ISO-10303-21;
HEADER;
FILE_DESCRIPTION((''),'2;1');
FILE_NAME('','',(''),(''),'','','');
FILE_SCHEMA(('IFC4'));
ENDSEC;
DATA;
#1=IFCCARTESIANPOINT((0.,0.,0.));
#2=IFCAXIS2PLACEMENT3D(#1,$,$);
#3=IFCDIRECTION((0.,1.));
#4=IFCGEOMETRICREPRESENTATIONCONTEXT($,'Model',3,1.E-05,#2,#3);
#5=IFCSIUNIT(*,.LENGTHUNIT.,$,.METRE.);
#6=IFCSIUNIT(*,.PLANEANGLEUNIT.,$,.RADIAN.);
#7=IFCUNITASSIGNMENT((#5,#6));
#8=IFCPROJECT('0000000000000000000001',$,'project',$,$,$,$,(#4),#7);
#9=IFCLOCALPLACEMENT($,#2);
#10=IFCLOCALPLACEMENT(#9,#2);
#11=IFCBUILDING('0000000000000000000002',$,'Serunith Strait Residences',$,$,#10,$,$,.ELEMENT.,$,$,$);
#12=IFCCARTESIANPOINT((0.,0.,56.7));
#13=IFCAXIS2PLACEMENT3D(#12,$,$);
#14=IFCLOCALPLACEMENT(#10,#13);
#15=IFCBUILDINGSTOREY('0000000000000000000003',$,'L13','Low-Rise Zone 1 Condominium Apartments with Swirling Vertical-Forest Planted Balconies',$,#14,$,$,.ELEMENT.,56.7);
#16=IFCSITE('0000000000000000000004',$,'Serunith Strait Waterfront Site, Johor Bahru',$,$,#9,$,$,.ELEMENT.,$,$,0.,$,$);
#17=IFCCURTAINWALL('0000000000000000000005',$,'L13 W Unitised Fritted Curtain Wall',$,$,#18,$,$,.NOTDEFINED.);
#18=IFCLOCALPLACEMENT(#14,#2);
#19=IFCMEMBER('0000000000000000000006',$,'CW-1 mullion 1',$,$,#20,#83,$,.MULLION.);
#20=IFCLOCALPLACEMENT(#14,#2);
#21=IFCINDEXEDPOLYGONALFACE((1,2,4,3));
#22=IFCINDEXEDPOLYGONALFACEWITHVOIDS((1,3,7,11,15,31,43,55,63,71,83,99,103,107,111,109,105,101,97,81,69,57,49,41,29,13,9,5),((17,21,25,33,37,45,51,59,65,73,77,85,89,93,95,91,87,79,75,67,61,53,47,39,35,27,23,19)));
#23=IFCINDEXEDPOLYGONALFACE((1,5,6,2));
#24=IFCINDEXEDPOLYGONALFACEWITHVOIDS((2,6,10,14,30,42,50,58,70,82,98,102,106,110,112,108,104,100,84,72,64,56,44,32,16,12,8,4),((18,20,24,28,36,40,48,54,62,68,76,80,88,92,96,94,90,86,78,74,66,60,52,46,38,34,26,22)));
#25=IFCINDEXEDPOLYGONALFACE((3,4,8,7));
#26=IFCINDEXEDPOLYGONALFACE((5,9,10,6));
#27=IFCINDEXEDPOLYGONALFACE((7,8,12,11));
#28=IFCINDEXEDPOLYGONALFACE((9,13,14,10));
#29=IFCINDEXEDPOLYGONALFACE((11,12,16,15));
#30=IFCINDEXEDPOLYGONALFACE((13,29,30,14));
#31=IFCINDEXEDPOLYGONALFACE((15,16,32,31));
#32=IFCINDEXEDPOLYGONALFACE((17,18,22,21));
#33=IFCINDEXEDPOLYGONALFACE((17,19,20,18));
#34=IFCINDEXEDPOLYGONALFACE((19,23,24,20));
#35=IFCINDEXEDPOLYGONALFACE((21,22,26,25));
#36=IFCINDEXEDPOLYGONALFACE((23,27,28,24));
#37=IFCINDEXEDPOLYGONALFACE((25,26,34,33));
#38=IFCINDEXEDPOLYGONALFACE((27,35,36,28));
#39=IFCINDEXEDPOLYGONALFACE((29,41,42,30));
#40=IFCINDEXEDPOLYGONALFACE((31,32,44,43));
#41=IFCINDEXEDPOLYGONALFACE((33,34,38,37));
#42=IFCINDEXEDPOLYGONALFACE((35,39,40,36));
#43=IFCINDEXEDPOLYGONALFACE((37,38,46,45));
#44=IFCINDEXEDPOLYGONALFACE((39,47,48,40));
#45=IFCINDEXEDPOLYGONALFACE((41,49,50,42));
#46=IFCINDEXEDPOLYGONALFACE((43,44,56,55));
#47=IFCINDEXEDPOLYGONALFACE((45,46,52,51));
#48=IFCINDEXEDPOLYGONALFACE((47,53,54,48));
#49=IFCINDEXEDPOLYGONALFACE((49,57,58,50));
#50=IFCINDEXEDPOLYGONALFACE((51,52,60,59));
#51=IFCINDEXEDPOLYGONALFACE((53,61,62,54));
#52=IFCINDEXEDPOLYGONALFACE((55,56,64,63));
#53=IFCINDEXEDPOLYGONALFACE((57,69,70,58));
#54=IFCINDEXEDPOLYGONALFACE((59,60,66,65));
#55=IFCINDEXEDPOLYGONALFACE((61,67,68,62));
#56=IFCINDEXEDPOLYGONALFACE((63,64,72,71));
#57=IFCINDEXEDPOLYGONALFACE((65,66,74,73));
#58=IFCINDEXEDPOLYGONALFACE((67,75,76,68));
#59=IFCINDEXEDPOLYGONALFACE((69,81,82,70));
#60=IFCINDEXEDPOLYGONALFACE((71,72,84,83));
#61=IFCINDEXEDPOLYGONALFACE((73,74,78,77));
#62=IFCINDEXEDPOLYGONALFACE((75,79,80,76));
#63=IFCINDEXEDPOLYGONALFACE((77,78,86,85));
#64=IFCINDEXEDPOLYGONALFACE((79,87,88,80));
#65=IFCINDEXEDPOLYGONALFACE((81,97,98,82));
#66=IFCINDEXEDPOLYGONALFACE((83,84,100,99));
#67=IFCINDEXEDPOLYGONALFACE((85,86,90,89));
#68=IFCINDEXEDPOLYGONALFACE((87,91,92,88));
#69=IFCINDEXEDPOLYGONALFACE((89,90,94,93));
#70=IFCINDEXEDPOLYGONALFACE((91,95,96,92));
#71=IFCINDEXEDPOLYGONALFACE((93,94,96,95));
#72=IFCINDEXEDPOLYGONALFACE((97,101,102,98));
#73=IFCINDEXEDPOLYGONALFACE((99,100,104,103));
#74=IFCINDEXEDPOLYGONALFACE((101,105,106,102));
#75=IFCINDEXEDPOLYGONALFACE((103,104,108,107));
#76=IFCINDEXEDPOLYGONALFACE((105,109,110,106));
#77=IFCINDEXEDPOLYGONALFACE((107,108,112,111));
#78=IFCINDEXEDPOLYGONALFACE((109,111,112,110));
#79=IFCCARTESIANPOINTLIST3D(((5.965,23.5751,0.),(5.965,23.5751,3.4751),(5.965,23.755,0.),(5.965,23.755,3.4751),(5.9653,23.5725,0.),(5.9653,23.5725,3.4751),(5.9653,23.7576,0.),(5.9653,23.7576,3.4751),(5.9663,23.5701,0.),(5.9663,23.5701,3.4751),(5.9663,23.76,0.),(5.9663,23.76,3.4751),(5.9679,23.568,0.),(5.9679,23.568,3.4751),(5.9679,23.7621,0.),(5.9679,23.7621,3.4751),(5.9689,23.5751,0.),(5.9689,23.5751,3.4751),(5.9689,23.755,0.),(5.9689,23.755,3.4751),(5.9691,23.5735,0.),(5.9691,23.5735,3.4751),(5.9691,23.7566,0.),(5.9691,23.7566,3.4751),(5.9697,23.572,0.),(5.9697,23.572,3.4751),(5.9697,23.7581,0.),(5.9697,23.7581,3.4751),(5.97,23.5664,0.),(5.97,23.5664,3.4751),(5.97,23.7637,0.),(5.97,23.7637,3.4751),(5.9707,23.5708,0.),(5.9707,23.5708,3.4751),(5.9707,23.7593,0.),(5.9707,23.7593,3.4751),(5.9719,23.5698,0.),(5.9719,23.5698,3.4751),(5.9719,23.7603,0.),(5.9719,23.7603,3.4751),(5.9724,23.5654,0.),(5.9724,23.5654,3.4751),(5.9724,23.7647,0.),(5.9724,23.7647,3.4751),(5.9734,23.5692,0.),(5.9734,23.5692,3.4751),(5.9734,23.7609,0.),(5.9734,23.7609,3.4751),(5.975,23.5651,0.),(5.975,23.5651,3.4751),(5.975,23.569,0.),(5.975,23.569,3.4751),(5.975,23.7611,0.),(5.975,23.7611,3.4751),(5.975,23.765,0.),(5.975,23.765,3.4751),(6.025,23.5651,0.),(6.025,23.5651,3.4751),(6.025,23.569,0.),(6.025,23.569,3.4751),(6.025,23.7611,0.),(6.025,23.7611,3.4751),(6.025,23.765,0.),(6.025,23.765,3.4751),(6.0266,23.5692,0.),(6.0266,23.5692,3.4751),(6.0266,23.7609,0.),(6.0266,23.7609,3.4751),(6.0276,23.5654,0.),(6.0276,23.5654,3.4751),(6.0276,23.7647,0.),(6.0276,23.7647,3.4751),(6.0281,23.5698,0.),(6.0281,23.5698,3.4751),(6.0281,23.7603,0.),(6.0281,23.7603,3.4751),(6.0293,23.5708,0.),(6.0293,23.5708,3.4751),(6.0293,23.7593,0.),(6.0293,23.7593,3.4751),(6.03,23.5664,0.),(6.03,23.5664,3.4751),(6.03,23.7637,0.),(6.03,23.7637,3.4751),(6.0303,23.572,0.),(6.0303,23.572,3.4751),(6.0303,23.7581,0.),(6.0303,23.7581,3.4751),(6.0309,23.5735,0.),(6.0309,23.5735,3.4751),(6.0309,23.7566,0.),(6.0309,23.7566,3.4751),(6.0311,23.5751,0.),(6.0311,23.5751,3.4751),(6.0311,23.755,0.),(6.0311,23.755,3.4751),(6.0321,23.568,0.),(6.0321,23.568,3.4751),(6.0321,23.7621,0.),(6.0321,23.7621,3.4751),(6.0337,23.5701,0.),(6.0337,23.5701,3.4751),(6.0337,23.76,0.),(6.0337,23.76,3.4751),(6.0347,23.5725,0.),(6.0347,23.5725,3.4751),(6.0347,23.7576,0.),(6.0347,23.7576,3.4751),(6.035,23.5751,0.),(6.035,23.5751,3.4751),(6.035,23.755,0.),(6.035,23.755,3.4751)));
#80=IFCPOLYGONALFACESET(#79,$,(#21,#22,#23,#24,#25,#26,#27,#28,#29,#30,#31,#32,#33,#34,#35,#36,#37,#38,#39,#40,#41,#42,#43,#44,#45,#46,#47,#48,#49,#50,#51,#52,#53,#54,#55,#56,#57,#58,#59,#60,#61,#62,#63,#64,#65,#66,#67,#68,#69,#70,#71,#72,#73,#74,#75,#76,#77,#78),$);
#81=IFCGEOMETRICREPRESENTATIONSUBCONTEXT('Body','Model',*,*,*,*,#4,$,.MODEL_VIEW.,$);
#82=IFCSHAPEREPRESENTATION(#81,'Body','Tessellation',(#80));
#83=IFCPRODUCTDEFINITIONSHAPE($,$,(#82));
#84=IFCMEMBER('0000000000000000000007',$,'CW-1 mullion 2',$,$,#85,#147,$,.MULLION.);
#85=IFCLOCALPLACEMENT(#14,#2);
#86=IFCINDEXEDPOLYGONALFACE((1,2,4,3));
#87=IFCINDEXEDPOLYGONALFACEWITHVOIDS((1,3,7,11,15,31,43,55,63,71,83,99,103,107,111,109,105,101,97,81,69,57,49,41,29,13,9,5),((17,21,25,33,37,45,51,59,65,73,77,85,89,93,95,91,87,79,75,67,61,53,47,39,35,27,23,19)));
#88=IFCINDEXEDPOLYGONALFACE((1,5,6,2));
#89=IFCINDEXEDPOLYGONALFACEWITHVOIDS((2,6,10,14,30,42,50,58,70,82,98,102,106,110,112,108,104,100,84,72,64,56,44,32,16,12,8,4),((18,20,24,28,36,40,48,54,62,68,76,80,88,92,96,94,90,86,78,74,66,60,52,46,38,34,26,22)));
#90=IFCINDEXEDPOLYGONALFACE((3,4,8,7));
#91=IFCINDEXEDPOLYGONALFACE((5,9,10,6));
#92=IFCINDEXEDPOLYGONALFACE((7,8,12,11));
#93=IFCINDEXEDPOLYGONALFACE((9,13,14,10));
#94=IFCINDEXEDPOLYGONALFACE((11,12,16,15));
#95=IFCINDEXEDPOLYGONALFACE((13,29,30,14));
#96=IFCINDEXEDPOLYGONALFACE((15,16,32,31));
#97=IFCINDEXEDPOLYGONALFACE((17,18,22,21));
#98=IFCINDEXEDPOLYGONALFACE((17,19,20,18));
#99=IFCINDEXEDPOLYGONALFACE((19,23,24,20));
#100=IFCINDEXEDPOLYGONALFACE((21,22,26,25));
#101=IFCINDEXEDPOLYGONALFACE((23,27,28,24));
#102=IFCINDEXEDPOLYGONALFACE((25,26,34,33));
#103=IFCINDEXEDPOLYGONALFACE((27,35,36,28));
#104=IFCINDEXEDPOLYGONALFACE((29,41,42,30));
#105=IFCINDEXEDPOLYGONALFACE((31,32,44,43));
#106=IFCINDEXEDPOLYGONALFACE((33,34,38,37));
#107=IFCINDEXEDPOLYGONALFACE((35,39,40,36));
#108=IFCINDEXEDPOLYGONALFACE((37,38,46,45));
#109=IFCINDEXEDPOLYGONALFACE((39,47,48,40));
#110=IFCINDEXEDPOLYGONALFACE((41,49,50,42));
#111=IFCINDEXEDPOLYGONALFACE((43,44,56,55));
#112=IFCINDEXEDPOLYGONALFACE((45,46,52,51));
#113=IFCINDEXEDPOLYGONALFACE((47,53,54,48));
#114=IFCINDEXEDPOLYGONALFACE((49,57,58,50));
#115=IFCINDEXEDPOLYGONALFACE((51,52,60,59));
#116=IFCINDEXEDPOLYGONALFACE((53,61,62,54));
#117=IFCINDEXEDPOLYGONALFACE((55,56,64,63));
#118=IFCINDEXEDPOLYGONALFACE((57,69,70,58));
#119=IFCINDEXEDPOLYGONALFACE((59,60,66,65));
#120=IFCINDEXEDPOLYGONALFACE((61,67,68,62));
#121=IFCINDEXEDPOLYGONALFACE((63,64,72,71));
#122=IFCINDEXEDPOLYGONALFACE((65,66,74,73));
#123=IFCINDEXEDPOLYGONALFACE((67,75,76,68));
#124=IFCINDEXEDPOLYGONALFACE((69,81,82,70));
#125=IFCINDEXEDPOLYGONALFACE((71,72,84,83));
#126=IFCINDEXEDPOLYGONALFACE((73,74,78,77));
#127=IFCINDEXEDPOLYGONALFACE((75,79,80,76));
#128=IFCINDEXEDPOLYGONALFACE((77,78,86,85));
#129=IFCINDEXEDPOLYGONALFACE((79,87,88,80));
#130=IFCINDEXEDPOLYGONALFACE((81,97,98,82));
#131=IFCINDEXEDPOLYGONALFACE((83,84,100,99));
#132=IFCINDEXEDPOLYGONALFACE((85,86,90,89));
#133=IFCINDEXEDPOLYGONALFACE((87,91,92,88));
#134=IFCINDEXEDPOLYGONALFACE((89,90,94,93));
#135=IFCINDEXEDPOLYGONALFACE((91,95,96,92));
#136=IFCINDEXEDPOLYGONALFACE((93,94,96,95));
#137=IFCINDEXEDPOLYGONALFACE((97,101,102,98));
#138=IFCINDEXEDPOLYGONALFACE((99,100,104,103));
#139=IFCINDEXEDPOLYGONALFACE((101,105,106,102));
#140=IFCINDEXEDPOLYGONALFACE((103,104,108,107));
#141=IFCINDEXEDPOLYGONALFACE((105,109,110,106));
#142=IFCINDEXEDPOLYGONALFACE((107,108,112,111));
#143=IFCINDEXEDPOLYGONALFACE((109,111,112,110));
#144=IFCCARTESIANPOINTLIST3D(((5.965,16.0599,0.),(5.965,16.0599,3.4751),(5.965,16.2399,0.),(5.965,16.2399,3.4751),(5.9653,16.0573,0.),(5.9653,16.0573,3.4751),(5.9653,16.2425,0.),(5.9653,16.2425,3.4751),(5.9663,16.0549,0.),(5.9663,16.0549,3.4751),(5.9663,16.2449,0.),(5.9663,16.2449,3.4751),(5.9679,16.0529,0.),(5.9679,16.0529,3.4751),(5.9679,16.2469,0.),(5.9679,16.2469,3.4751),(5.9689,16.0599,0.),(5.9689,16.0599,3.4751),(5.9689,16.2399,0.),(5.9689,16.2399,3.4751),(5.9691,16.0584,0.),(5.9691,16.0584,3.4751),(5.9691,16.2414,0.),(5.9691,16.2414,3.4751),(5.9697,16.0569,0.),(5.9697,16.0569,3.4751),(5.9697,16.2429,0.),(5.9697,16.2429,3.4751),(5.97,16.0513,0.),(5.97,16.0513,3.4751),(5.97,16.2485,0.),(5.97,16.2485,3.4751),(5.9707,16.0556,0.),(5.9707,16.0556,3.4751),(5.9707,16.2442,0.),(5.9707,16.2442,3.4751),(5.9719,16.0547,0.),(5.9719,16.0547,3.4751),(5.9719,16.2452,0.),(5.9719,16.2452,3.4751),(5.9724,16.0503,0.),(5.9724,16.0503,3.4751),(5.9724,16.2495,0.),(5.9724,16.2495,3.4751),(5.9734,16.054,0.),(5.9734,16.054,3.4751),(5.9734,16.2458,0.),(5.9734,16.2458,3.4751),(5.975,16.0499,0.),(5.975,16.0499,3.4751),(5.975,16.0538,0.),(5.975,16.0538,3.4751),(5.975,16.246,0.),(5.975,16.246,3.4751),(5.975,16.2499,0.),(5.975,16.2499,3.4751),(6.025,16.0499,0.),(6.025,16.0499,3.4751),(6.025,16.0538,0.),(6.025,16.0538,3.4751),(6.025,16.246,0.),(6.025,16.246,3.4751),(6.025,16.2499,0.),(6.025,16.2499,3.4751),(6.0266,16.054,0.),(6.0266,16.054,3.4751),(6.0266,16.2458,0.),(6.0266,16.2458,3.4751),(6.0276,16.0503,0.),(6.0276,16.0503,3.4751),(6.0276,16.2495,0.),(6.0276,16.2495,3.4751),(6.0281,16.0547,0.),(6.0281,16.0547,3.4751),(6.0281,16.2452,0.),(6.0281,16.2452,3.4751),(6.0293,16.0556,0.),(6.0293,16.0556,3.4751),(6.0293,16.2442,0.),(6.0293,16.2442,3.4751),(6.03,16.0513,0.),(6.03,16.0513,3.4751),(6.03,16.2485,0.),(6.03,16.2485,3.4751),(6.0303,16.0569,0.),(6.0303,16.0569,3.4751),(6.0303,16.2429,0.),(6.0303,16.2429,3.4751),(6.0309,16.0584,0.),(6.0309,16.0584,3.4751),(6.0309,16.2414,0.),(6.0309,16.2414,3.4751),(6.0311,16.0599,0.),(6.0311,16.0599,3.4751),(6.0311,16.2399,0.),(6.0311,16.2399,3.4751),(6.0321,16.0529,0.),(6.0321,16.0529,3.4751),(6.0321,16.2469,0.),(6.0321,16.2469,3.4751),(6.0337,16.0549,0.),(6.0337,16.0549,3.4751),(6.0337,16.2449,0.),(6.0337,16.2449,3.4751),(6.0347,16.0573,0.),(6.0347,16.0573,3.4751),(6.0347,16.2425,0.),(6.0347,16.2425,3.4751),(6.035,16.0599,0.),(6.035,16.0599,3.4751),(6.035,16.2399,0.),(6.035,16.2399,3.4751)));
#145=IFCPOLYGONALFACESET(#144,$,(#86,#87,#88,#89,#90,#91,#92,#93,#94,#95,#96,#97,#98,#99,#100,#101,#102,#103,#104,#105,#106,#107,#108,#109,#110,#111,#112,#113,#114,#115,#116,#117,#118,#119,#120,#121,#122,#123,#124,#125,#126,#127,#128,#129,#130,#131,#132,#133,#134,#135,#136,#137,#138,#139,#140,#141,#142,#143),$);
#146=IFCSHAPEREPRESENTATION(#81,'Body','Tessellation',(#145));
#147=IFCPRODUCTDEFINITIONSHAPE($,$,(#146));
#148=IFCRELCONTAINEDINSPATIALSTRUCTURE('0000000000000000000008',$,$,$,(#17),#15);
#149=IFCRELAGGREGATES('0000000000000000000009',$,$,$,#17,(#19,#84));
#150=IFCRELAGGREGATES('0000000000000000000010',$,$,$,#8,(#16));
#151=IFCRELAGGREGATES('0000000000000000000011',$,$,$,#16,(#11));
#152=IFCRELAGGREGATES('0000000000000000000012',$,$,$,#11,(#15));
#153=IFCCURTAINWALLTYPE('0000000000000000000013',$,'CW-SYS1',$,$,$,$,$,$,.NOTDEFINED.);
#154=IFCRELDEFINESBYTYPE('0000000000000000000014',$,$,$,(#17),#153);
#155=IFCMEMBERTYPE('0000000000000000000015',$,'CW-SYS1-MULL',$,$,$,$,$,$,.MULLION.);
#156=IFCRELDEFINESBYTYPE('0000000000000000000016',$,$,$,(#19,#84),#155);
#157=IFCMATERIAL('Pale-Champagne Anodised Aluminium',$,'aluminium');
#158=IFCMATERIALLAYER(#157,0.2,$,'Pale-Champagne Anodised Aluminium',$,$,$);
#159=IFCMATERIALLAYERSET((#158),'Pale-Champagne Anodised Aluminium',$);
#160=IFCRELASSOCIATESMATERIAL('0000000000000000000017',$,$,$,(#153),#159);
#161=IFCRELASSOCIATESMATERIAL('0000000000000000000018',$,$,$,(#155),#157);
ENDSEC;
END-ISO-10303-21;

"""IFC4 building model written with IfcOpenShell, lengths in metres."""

from ifc_helpers import new_model, si_unit, direction, frame, origin, origin_2d, place, context, subcontext, project, spatial, hollow_rectangle, extrude, source, transform, mapped, material, layer, layer_set, material_profile, profile_set, type_object, element, aggregate, save


model = new_model("IFC4")

# Units and contexts
model_context = context("Model", 3, precision=1e-05, world=origin(), true_north=direction((0.0, 1.0)))
body_context = subcontext(model_context, "Body", "Model", "MODEL_VIEW")
ifc_project = project(units=[si_unit("LENGTHUNIT", "METRE"), si_unit("PLANEANGLEUNIT", "RADIAN")], contexts=[model_context])

# Site, building, storey
site_placement = place(None, origin())
site = spatial("IfcSite", under=ifc_project, at=site_placement, Name="Serunith Strait Waterfront Site, Johor Bahru", CompositionType="ELEMENT", RefElevation=0.0)
building_placement = place(site_placement, origin())
building = spatial("IfcBuilding", under=site, at=building_placement, Name="Serunith Strait Residences", CompositionType="ELEMENT")
storey_placement = place(building_placement, frame((0.0, 0.0, 56.7)))
storey = spatial("IfcBuildingStorey", under=building, at=storey_placement, Name="L13", Description="Low-Rise Zone 1 Condominium Apartments with Swirling Vertical-Forest Planted Balconies", CompositionType="ELEMENT", Elevation=56.7)

# Curtain wall, members
ifc_material_1 = material(Name="Pale-Champagne Anodised Aluminium", Category="aluminium")
ifc_layer_1 = layer(ifc_material_1, 0.2, Name="Pale-Champagne Anodised Aluminium")
ifc_layer_set_1 = layer_set([ifc_layer_1], Name="Pale-Champagne Anodised Aluminium")
curtain_wall_type = type_object("IfcCurtainWallType", Name="CW-SYS1", PredefinedType="NOTDEFINED", material=ifc_layer_set_1)
curtain_wall_placement = place(storey_placement, origin())
curtain_wall = element("IfcCurtainWall", 1, at=curtain_wall_placement, inside=storey, type_object=curtain_wall_type, Name="L13 W Unitised Fritted Curtain Wall", PredefinedType="NOTDEFINED")
ifc_material_profile_1 = material_profile(ifc_material_1, hollow_rectangle(XDim=0.0701, YDim=0.2, WallThickness=0.0039, InnerFilletRadius=0.0061, OuterFilletRadius=0.01, at=origin_2d()), Name="ALU 200x70x4")
ifc_profile_set_1 = profile_set([ifc_material_profile_1], Name="Pale-Champagne Anodised Aluminium")
member_type_1 = type_object("IfcMemberType", Name="CW-SYS1-MULL", PredefinedType="MULLION", material=ifc_profile_set_1)
shared_shape_1 = source(origin(), body_context, "Body", "SweptSolid", [
    extrude(hollow_rectangle(XDim=0.0701, YDim=0.2, WallThickness=0.0039, InnerFilletRadius=0.0061, OuterFilletRadius=0.01, at=origin_2d()), origin(), (0.0, 0.0, 1.0), 3.4751),
])
member_1_placement = place(storey_placement, frame((6.0, 23.665, 0.0), z_axis=(0.0, 0.0, 1.0), x_axis=(1.0, 0.0, 0.0)))
member_1 = element("IfcMember", 2, at=member_1_placement, type_object=member_type_1, Name="CW-1 mullion 1", PredefinedType="MULLION", context=body_context, shape_type="MappedRepresentation", body=[
    mapped(shared_shape_1, transform((0.0, 0.0, 0.0), scale=1.0)),
])
member_2_placement = place(storey_placement, frame((6.0, 16.1499, 0.0), z_axis=(0.0, 0.0, 1.0), x_axis=(1.0, 0.0, 0.0)))
member_2 = element("IfcMember", 3, at=member_2_placement, type_object=member_type_1, Name="CW-1 mullion 2", PredefinedType="MULLION", context=body_context, shape_type="MappedRepresentation", body=[
    mapped(shared_shape_1, transform((0.0, 0.0, 0.0), scale=1.0)),
])
aggregate(curtain_wall, [member_1, member_2])

save(model, "model.ifc")
